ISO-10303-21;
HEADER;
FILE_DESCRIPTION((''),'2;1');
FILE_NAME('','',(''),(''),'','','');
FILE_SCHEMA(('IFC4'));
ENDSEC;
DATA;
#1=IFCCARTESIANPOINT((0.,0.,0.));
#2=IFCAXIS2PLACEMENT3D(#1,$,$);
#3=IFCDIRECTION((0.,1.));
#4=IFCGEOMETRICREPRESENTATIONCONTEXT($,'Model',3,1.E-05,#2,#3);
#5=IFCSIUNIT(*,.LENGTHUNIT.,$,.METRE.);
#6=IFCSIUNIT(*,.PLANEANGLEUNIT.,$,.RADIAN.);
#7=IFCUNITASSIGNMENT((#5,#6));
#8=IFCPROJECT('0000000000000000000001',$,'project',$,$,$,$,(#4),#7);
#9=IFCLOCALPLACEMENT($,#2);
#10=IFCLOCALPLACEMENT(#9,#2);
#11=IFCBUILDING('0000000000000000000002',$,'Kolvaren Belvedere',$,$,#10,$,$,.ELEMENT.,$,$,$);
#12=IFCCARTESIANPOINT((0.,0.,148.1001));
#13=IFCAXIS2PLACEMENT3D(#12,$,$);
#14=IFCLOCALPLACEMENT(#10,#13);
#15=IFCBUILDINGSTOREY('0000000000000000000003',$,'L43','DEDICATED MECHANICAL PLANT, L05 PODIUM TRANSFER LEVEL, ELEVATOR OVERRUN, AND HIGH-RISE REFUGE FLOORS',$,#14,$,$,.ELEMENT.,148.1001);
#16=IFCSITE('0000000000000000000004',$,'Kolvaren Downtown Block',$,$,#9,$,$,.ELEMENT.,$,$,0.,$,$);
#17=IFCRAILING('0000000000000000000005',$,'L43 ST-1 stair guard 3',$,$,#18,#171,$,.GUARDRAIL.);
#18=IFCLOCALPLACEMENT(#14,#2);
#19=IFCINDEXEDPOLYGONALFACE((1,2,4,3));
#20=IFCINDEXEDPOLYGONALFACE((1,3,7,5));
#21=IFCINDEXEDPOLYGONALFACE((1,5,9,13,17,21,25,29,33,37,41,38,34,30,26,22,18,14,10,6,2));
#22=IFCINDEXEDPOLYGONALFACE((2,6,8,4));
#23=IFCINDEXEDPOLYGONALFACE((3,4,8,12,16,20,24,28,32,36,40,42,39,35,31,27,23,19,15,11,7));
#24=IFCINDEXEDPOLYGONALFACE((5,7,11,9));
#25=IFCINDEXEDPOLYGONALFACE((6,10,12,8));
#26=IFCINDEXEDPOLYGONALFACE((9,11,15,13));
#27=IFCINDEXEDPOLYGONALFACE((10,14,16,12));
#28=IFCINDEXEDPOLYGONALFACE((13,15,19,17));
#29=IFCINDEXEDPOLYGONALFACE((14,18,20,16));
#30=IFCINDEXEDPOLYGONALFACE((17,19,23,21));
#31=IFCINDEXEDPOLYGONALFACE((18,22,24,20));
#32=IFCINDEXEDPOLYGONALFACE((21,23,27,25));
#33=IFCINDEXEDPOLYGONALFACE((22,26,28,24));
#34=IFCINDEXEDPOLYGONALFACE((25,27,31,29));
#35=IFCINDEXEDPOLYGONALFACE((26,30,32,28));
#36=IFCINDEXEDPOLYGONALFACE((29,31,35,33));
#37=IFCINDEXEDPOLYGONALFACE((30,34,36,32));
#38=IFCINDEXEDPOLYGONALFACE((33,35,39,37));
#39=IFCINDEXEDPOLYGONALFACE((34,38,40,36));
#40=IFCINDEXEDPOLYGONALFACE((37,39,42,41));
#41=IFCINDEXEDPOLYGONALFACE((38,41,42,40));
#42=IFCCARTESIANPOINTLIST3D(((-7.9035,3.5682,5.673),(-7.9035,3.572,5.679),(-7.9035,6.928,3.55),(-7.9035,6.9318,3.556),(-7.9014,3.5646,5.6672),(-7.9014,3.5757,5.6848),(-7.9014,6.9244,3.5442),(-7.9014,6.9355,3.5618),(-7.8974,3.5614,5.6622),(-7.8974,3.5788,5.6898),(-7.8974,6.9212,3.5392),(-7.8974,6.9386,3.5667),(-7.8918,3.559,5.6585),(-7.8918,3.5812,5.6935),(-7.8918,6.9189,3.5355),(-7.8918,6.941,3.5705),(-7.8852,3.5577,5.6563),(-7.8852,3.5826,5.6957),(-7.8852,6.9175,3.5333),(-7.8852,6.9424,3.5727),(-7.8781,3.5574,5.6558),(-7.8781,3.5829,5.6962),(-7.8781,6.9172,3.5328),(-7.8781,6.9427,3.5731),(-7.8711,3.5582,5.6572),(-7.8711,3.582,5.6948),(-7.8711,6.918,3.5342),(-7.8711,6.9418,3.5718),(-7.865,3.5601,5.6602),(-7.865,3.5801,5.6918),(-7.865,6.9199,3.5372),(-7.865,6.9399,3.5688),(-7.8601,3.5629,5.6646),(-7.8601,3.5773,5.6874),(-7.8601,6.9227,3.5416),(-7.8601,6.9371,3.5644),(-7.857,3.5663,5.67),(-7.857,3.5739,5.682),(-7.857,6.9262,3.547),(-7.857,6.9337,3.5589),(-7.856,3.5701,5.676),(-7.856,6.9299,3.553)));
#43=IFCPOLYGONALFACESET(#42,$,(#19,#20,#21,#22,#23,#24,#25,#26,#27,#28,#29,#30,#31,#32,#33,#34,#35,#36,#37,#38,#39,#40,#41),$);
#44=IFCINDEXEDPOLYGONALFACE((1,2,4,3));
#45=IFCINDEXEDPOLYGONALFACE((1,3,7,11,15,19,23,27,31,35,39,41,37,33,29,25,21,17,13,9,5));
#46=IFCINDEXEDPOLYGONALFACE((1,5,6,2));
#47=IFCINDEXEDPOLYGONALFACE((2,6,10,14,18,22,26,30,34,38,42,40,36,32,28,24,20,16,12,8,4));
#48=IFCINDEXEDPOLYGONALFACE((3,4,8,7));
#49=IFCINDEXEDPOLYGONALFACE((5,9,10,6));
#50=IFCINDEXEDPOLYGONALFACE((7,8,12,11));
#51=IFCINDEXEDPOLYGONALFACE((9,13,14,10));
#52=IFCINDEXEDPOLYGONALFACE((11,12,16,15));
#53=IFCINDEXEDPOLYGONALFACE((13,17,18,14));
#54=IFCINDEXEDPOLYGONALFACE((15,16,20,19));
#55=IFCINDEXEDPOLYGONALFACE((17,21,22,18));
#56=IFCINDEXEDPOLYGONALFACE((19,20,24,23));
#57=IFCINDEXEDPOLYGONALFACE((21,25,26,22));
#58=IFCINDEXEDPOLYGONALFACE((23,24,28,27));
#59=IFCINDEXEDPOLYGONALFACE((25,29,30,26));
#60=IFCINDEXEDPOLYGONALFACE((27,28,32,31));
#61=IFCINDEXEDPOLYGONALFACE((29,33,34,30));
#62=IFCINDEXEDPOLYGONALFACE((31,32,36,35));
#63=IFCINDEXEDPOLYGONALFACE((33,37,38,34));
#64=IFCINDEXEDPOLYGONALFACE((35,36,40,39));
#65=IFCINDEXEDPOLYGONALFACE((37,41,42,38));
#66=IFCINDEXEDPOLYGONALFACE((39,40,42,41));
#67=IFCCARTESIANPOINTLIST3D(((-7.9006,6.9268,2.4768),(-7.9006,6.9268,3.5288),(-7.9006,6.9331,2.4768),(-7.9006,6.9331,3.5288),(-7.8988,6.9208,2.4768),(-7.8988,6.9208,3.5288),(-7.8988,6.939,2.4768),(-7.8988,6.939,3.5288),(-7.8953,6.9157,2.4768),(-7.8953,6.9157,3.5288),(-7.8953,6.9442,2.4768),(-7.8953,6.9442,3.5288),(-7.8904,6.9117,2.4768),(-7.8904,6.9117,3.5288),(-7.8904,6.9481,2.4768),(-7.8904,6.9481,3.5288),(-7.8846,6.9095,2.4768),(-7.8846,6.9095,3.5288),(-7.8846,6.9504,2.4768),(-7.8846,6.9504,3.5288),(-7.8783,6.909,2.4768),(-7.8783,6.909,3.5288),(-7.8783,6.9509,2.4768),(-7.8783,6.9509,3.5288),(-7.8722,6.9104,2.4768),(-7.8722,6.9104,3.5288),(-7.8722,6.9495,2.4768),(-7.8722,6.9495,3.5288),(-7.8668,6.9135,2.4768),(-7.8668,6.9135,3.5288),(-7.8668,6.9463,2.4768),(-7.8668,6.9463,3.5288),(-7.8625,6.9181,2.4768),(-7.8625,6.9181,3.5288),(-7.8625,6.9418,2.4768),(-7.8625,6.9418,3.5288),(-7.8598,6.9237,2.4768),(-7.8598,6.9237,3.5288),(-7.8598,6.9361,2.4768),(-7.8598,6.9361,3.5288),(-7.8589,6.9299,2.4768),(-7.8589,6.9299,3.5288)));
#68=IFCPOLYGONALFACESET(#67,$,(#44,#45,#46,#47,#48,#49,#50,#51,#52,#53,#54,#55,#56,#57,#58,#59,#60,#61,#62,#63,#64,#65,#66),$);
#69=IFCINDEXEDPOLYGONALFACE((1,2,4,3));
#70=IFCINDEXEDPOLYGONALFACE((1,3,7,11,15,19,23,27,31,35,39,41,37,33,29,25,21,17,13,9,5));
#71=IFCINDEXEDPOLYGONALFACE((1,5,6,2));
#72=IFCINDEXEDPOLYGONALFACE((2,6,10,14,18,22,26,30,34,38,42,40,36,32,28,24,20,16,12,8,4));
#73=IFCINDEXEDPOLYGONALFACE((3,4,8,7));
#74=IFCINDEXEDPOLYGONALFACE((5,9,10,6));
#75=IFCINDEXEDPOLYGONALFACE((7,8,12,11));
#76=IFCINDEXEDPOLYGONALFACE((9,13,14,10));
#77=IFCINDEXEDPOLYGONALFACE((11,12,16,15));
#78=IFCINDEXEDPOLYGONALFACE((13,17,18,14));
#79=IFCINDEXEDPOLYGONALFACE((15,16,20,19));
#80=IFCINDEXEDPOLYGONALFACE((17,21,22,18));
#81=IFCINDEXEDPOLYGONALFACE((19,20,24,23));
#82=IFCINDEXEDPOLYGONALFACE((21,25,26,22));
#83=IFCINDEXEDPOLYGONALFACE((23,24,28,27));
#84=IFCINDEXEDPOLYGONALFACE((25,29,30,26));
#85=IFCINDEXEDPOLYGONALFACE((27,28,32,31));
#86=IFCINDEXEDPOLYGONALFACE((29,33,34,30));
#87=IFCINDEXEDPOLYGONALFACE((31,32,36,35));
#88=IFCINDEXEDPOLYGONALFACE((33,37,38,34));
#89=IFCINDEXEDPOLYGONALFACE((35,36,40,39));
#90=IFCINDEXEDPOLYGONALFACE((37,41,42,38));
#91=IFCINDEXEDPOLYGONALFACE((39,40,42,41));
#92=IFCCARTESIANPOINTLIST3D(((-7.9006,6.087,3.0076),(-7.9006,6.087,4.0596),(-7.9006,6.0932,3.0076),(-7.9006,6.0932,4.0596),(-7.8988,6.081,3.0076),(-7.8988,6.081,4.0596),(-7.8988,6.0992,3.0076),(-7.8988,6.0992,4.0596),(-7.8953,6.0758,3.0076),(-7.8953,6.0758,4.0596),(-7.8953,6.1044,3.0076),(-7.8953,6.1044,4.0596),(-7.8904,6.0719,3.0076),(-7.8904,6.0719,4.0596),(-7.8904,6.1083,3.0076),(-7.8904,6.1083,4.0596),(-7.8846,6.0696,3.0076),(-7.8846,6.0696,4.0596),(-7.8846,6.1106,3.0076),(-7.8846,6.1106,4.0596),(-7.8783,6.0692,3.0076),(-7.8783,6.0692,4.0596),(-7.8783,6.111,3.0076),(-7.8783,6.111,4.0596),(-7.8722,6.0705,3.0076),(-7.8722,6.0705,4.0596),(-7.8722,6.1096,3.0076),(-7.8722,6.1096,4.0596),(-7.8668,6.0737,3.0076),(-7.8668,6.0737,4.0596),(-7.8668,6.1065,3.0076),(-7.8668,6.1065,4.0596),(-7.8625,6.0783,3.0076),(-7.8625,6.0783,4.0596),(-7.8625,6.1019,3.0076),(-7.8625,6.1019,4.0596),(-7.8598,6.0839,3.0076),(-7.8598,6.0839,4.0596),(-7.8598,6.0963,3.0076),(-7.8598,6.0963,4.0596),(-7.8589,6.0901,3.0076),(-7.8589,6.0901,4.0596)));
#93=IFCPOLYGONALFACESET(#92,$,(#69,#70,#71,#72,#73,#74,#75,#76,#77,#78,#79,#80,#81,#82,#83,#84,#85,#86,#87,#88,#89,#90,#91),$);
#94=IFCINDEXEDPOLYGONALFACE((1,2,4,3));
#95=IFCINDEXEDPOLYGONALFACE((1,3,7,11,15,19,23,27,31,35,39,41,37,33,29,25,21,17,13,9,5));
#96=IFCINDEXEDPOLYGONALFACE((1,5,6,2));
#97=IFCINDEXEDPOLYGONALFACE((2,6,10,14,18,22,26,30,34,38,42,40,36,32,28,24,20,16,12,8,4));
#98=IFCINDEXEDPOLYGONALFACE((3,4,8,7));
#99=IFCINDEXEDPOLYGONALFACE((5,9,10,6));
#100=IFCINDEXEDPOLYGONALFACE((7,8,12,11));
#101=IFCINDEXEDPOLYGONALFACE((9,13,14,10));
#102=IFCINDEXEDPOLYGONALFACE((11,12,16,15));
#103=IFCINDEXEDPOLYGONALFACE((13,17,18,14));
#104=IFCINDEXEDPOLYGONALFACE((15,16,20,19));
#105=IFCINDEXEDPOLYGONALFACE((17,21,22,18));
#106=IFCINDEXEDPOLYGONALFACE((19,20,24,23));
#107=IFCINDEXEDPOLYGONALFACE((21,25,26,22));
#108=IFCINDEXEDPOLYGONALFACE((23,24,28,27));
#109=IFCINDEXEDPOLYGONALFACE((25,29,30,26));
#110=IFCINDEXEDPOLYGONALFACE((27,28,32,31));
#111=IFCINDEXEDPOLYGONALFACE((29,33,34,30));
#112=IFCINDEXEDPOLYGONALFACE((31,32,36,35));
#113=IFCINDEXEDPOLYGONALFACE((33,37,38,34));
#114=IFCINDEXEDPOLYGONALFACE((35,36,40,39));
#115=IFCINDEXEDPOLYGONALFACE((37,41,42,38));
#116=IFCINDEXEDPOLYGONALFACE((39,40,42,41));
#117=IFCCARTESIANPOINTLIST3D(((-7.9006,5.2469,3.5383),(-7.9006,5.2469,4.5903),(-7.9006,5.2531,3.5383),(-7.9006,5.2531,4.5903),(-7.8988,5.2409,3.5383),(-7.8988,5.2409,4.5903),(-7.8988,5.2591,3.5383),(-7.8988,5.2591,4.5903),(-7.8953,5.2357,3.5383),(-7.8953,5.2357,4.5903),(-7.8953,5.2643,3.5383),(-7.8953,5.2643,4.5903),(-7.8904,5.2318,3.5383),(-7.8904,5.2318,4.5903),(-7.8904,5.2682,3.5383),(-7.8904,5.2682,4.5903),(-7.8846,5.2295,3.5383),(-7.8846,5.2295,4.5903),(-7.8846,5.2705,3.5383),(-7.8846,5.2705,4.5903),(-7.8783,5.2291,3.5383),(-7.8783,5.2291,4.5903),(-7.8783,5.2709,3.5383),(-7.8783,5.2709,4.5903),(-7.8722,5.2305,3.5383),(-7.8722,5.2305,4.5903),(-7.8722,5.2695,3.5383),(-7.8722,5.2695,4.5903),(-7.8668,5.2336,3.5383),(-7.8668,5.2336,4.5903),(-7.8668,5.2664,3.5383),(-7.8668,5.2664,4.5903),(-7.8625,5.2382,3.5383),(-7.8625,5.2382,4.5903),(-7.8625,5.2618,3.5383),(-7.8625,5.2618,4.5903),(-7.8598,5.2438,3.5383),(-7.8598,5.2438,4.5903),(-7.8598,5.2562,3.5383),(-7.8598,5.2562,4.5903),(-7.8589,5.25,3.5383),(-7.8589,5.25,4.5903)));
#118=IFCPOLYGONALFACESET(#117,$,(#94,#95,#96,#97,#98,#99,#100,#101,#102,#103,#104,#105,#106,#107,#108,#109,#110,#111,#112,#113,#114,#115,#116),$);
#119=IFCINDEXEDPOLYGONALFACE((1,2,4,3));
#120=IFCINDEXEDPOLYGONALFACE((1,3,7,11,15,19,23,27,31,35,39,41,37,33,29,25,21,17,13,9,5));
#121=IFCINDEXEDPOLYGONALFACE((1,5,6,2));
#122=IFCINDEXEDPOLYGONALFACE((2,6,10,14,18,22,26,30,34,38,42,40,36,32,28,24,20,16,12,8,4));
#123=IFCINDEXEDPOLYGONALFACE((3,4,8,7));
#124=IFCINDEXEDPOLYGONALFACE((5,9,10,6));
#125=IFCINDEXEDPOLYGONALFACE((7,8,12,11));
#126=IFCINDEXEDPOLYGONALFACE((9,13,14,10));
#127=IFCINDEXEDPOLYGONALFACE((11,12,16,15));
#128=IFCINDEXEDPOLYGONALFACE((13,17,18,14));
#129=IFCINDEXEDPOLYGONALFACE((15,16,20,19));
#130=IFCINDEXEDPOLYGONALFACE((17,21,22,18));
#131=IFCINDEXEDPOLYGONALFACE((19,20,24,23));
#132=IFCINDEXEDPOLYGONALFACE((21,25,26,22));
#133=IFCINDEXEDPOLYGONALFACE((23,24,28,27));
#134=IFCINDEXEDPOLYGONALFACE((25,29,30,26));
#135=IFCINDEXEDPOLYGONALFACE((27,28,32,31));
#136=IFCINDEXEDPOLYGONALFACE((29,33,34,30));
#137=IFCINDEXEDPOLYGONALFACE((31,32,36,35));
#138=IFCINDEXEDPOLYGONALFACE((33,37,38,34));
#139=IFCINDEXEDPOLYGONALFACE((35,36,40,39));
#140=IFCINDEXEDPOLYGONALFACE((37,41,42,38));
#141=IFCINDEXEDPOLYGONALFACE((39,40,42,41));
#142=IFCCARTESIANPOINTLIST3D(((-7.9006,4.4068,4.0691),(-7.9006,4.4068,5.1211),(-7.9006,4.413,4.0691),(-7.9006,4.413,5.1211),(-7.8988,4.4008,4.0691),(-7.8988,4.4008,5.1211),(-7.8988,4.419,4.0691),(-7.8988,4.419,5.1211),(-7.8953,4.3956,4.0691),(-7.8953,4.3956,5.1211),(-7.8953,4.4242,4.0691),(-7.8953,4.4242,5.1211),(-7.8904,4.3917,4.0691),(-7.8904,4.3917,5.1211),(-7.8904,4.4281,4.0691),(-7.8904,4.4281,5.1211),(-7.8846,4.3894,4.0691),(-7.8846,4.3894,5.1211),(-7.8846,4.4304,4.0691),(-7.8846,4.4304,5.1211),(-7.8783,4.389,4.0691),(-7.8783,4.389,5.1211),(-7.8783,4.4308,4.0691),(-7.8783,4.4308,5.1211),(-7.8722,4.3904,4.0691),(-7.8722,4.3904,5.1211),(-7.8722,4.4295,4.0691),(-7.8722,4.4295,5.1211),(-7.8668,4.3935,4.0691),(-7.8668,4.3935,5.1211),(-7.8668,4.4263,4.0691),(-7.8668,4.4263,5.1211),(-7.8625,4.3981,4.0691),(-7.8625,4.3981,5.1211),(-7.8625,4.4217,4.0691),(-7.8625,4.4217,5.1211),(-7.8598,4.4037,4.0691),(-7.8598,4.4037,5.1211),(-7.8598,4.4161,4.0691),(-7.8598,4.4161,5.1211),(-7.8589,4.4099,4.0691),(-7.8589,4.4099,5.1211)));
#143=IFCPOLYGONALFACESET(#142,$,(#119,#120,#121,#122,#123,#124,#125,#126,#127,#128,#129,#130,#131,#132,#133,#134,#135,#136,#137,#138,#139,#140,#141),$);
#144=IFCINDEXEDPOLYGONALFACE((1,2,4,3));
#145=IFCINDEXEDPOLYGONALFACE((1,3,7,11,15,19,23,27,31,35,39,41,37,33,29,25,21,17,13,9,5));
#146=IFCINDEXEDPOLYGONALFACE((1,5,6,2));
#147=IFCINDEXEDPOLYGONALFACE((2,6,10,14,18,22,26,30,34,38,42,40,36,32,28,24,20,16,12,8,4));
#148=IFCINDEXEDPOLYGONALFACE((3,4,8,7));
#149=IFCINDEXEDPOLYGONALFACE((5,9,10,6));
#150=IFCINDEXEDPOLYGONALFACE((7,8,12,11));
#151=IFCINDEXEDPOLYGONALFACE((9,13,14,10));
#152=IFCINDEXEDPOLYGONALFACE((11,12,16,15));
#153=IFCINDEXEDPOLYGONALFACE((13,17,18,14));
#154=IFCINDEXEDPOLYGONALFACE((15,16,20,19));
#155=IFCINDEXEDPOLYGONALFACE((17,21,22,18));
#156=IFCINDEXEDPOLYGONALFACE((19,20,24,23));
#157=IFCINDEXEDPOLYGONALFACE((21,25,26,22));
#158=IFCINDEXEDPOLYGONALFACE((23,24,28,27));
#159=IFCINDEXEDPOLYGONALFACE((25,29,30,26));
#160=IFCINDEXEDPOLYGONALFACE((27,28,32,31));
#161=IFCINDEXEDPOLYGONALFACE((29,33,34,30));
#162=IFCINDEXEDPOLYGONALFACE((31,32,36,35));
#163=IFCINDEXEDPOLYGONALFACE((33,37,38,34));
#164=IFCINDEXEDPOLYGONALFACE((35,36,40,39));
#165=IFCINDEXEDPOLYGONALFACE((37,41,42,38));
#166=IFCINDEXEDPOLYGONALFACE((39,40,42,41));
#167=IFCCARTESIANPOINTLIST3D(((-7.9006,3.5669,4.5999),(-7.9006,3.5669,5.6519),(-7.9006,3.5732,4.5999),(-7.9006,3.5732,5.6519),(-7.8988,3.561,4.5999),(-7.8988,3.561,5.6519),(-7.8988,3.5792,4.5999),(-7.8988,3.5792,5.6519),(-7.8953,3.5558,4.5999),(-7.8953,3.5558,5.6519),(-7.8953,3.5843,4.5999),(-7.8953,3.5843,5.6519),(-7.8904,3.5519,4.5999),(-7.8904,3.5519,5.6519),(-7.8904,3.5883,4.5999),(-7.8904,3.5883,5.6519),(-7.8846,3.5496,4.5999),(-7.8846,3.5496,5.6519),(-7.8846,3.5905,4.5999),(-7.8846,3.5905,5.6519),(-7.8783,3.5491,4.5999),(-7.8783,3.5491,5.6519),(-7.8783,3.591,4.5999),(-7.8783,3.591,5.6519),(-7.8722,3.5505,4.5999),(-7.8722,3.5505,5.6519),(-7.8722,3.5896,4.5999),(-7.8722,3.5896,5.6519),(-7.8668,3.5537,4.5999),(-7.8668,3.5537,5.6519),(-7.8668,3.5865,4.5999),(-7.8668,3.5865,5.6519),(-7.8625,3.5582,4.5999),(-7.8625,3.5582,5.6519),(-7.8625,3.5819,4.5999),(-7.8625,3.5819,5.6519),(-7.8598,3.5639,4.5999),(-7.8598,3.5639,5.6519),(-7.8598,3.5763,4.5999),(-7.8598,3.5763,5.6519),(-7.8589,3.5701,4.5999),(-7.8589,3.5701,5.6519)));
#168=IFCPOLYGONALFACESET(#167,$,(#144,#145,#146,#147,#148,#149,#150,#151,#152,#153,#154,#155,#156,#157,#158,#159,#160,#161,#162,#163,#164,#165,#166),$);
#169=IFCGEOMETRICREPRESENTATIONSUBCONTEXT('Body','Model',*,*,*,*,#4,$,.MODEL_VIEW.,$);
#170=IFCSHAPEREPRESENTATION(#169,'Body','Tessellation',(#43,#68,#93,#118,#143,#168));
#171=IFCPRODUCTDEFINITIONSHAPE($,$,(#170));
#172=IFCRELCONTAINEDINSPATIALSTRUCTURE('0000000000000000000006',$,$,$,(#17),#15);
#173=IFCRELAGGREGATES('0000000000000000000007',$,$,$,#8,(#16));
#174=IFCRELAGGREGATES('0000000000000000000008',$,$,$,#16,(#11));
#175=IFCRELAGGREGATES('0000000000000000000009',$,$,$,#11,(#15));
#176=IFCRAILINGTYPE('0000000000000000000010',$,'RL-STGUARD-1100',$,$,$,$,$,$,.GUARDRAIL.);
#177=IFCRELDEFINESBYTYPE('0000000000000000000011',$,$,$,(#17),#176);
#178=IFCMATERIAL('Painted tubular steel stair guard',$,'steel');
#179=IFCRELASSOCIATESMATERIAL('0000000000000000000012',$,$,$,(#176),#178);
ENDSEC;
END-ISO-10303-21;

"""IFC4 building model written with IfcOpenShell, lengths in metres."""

from ifc_helpers import new_model, si_unit, direction, frame, origin, origin_2d, place, context, subcontext, project, spatial, circle, extrude, material, type_object, element, save


model = new_model("IFC4")

# Units and contexts
model_context = context("Model", 3, precision=1e-05, world=origin(), true_north=direction((0.0, 1.0)))
body_context = subcontext(model_context, "Body", "Model", "MODEL_VIEW")
ifc_project = project(units=[si_unit("LENGTHUNIT", "METRE"), si_unit("PLANEANGLEUNIT", "RADIAN")], contexts=[model_context])

# Site, building, storey
site_placement = place(None, origin())
site = spatial("IfcSite", under=ifc_project, at=site_placement, Name="Kolvaren Downtown Block", CompositionType="ELEMENT", RefElevation=0.0)
building_placement = place(site_placement, origin())
building = spatial("IfcBuilding", under=site, at=building_placement, Name="Kolvaren Belvedere", CompositionType="ELEMENT")
storey_placement = place(building_placement, frame((0.0, 0.0, 148.1001)))
storey = spatial("IfcBuildingStorey", under=building, at=storey_placement, Name="L43", Description="DEDICATED MECHANICAL PLANT, L05 PODIUM TRANSFER LEVEL, ELEVATOR OVERRUN, AND HIGH-RISE REFUGE FLOORS", CompositionType="ELEMENT", Elevation=148.1001)

# Railing
ifc_material_1 = material(Name="Painted tubular steel stair guard", Category="steel")
railing_type_1 = type_object("IfcRailingType", Name="RL-STGUARD-1100", PredefinedType="GUARDRAIL", material=ifc_material_1)
railing_1_placement = place(storey_placement, frame((-7.8799, 6.9299, 2.4768)))
element("IfcRailing", 1, at=railing_1_placement, inside=storey, type_object=railing_type_1, Name="L43 ST-1 stair guard 3", PredefinedType="GUARDRAIL", context=body_context, shape_type="SweptSolid", body=[
    extrude(circle(Radius=0.0239, at=origin_2d()), frame((0.0, 0.0, 1.0762), z_axis=(0.0, -0.845372, 0.534178), x_axis=(1.0, 0.0, 0.0)), (0.0, 0.0, 1.0), 3.9744),
    extrude(circle(Radius=0.021, at=origin_2d()), origin(), (0.0, 0.0, 1.0), 1.052),
    extrude(circle(Radius=0.021, at=origin_2d()), frame((0.0, -0.8398, 0.5308)), (0.0, 0.0, 1.0), 1.052),
    extrude(circle(Radius=0.021, at=origin_2d()), frame((0.0, -1.6799, 1.0615)), (0.0, 0.0, 1.0), 1.052),
    extrude(circle(Radius=0.021, at=origin_2d()), frame((0.0, -2.52, 1.5923)), (0.0, 0.0, 1.0), 1.052),
    extrude(circle(Radius=0.021, at=origin_2d()), frame((0.0, -3.3599, 2.123)), (0.0, 0.0, 1.0), 1.052),
])

save(model, "model.ifc")
